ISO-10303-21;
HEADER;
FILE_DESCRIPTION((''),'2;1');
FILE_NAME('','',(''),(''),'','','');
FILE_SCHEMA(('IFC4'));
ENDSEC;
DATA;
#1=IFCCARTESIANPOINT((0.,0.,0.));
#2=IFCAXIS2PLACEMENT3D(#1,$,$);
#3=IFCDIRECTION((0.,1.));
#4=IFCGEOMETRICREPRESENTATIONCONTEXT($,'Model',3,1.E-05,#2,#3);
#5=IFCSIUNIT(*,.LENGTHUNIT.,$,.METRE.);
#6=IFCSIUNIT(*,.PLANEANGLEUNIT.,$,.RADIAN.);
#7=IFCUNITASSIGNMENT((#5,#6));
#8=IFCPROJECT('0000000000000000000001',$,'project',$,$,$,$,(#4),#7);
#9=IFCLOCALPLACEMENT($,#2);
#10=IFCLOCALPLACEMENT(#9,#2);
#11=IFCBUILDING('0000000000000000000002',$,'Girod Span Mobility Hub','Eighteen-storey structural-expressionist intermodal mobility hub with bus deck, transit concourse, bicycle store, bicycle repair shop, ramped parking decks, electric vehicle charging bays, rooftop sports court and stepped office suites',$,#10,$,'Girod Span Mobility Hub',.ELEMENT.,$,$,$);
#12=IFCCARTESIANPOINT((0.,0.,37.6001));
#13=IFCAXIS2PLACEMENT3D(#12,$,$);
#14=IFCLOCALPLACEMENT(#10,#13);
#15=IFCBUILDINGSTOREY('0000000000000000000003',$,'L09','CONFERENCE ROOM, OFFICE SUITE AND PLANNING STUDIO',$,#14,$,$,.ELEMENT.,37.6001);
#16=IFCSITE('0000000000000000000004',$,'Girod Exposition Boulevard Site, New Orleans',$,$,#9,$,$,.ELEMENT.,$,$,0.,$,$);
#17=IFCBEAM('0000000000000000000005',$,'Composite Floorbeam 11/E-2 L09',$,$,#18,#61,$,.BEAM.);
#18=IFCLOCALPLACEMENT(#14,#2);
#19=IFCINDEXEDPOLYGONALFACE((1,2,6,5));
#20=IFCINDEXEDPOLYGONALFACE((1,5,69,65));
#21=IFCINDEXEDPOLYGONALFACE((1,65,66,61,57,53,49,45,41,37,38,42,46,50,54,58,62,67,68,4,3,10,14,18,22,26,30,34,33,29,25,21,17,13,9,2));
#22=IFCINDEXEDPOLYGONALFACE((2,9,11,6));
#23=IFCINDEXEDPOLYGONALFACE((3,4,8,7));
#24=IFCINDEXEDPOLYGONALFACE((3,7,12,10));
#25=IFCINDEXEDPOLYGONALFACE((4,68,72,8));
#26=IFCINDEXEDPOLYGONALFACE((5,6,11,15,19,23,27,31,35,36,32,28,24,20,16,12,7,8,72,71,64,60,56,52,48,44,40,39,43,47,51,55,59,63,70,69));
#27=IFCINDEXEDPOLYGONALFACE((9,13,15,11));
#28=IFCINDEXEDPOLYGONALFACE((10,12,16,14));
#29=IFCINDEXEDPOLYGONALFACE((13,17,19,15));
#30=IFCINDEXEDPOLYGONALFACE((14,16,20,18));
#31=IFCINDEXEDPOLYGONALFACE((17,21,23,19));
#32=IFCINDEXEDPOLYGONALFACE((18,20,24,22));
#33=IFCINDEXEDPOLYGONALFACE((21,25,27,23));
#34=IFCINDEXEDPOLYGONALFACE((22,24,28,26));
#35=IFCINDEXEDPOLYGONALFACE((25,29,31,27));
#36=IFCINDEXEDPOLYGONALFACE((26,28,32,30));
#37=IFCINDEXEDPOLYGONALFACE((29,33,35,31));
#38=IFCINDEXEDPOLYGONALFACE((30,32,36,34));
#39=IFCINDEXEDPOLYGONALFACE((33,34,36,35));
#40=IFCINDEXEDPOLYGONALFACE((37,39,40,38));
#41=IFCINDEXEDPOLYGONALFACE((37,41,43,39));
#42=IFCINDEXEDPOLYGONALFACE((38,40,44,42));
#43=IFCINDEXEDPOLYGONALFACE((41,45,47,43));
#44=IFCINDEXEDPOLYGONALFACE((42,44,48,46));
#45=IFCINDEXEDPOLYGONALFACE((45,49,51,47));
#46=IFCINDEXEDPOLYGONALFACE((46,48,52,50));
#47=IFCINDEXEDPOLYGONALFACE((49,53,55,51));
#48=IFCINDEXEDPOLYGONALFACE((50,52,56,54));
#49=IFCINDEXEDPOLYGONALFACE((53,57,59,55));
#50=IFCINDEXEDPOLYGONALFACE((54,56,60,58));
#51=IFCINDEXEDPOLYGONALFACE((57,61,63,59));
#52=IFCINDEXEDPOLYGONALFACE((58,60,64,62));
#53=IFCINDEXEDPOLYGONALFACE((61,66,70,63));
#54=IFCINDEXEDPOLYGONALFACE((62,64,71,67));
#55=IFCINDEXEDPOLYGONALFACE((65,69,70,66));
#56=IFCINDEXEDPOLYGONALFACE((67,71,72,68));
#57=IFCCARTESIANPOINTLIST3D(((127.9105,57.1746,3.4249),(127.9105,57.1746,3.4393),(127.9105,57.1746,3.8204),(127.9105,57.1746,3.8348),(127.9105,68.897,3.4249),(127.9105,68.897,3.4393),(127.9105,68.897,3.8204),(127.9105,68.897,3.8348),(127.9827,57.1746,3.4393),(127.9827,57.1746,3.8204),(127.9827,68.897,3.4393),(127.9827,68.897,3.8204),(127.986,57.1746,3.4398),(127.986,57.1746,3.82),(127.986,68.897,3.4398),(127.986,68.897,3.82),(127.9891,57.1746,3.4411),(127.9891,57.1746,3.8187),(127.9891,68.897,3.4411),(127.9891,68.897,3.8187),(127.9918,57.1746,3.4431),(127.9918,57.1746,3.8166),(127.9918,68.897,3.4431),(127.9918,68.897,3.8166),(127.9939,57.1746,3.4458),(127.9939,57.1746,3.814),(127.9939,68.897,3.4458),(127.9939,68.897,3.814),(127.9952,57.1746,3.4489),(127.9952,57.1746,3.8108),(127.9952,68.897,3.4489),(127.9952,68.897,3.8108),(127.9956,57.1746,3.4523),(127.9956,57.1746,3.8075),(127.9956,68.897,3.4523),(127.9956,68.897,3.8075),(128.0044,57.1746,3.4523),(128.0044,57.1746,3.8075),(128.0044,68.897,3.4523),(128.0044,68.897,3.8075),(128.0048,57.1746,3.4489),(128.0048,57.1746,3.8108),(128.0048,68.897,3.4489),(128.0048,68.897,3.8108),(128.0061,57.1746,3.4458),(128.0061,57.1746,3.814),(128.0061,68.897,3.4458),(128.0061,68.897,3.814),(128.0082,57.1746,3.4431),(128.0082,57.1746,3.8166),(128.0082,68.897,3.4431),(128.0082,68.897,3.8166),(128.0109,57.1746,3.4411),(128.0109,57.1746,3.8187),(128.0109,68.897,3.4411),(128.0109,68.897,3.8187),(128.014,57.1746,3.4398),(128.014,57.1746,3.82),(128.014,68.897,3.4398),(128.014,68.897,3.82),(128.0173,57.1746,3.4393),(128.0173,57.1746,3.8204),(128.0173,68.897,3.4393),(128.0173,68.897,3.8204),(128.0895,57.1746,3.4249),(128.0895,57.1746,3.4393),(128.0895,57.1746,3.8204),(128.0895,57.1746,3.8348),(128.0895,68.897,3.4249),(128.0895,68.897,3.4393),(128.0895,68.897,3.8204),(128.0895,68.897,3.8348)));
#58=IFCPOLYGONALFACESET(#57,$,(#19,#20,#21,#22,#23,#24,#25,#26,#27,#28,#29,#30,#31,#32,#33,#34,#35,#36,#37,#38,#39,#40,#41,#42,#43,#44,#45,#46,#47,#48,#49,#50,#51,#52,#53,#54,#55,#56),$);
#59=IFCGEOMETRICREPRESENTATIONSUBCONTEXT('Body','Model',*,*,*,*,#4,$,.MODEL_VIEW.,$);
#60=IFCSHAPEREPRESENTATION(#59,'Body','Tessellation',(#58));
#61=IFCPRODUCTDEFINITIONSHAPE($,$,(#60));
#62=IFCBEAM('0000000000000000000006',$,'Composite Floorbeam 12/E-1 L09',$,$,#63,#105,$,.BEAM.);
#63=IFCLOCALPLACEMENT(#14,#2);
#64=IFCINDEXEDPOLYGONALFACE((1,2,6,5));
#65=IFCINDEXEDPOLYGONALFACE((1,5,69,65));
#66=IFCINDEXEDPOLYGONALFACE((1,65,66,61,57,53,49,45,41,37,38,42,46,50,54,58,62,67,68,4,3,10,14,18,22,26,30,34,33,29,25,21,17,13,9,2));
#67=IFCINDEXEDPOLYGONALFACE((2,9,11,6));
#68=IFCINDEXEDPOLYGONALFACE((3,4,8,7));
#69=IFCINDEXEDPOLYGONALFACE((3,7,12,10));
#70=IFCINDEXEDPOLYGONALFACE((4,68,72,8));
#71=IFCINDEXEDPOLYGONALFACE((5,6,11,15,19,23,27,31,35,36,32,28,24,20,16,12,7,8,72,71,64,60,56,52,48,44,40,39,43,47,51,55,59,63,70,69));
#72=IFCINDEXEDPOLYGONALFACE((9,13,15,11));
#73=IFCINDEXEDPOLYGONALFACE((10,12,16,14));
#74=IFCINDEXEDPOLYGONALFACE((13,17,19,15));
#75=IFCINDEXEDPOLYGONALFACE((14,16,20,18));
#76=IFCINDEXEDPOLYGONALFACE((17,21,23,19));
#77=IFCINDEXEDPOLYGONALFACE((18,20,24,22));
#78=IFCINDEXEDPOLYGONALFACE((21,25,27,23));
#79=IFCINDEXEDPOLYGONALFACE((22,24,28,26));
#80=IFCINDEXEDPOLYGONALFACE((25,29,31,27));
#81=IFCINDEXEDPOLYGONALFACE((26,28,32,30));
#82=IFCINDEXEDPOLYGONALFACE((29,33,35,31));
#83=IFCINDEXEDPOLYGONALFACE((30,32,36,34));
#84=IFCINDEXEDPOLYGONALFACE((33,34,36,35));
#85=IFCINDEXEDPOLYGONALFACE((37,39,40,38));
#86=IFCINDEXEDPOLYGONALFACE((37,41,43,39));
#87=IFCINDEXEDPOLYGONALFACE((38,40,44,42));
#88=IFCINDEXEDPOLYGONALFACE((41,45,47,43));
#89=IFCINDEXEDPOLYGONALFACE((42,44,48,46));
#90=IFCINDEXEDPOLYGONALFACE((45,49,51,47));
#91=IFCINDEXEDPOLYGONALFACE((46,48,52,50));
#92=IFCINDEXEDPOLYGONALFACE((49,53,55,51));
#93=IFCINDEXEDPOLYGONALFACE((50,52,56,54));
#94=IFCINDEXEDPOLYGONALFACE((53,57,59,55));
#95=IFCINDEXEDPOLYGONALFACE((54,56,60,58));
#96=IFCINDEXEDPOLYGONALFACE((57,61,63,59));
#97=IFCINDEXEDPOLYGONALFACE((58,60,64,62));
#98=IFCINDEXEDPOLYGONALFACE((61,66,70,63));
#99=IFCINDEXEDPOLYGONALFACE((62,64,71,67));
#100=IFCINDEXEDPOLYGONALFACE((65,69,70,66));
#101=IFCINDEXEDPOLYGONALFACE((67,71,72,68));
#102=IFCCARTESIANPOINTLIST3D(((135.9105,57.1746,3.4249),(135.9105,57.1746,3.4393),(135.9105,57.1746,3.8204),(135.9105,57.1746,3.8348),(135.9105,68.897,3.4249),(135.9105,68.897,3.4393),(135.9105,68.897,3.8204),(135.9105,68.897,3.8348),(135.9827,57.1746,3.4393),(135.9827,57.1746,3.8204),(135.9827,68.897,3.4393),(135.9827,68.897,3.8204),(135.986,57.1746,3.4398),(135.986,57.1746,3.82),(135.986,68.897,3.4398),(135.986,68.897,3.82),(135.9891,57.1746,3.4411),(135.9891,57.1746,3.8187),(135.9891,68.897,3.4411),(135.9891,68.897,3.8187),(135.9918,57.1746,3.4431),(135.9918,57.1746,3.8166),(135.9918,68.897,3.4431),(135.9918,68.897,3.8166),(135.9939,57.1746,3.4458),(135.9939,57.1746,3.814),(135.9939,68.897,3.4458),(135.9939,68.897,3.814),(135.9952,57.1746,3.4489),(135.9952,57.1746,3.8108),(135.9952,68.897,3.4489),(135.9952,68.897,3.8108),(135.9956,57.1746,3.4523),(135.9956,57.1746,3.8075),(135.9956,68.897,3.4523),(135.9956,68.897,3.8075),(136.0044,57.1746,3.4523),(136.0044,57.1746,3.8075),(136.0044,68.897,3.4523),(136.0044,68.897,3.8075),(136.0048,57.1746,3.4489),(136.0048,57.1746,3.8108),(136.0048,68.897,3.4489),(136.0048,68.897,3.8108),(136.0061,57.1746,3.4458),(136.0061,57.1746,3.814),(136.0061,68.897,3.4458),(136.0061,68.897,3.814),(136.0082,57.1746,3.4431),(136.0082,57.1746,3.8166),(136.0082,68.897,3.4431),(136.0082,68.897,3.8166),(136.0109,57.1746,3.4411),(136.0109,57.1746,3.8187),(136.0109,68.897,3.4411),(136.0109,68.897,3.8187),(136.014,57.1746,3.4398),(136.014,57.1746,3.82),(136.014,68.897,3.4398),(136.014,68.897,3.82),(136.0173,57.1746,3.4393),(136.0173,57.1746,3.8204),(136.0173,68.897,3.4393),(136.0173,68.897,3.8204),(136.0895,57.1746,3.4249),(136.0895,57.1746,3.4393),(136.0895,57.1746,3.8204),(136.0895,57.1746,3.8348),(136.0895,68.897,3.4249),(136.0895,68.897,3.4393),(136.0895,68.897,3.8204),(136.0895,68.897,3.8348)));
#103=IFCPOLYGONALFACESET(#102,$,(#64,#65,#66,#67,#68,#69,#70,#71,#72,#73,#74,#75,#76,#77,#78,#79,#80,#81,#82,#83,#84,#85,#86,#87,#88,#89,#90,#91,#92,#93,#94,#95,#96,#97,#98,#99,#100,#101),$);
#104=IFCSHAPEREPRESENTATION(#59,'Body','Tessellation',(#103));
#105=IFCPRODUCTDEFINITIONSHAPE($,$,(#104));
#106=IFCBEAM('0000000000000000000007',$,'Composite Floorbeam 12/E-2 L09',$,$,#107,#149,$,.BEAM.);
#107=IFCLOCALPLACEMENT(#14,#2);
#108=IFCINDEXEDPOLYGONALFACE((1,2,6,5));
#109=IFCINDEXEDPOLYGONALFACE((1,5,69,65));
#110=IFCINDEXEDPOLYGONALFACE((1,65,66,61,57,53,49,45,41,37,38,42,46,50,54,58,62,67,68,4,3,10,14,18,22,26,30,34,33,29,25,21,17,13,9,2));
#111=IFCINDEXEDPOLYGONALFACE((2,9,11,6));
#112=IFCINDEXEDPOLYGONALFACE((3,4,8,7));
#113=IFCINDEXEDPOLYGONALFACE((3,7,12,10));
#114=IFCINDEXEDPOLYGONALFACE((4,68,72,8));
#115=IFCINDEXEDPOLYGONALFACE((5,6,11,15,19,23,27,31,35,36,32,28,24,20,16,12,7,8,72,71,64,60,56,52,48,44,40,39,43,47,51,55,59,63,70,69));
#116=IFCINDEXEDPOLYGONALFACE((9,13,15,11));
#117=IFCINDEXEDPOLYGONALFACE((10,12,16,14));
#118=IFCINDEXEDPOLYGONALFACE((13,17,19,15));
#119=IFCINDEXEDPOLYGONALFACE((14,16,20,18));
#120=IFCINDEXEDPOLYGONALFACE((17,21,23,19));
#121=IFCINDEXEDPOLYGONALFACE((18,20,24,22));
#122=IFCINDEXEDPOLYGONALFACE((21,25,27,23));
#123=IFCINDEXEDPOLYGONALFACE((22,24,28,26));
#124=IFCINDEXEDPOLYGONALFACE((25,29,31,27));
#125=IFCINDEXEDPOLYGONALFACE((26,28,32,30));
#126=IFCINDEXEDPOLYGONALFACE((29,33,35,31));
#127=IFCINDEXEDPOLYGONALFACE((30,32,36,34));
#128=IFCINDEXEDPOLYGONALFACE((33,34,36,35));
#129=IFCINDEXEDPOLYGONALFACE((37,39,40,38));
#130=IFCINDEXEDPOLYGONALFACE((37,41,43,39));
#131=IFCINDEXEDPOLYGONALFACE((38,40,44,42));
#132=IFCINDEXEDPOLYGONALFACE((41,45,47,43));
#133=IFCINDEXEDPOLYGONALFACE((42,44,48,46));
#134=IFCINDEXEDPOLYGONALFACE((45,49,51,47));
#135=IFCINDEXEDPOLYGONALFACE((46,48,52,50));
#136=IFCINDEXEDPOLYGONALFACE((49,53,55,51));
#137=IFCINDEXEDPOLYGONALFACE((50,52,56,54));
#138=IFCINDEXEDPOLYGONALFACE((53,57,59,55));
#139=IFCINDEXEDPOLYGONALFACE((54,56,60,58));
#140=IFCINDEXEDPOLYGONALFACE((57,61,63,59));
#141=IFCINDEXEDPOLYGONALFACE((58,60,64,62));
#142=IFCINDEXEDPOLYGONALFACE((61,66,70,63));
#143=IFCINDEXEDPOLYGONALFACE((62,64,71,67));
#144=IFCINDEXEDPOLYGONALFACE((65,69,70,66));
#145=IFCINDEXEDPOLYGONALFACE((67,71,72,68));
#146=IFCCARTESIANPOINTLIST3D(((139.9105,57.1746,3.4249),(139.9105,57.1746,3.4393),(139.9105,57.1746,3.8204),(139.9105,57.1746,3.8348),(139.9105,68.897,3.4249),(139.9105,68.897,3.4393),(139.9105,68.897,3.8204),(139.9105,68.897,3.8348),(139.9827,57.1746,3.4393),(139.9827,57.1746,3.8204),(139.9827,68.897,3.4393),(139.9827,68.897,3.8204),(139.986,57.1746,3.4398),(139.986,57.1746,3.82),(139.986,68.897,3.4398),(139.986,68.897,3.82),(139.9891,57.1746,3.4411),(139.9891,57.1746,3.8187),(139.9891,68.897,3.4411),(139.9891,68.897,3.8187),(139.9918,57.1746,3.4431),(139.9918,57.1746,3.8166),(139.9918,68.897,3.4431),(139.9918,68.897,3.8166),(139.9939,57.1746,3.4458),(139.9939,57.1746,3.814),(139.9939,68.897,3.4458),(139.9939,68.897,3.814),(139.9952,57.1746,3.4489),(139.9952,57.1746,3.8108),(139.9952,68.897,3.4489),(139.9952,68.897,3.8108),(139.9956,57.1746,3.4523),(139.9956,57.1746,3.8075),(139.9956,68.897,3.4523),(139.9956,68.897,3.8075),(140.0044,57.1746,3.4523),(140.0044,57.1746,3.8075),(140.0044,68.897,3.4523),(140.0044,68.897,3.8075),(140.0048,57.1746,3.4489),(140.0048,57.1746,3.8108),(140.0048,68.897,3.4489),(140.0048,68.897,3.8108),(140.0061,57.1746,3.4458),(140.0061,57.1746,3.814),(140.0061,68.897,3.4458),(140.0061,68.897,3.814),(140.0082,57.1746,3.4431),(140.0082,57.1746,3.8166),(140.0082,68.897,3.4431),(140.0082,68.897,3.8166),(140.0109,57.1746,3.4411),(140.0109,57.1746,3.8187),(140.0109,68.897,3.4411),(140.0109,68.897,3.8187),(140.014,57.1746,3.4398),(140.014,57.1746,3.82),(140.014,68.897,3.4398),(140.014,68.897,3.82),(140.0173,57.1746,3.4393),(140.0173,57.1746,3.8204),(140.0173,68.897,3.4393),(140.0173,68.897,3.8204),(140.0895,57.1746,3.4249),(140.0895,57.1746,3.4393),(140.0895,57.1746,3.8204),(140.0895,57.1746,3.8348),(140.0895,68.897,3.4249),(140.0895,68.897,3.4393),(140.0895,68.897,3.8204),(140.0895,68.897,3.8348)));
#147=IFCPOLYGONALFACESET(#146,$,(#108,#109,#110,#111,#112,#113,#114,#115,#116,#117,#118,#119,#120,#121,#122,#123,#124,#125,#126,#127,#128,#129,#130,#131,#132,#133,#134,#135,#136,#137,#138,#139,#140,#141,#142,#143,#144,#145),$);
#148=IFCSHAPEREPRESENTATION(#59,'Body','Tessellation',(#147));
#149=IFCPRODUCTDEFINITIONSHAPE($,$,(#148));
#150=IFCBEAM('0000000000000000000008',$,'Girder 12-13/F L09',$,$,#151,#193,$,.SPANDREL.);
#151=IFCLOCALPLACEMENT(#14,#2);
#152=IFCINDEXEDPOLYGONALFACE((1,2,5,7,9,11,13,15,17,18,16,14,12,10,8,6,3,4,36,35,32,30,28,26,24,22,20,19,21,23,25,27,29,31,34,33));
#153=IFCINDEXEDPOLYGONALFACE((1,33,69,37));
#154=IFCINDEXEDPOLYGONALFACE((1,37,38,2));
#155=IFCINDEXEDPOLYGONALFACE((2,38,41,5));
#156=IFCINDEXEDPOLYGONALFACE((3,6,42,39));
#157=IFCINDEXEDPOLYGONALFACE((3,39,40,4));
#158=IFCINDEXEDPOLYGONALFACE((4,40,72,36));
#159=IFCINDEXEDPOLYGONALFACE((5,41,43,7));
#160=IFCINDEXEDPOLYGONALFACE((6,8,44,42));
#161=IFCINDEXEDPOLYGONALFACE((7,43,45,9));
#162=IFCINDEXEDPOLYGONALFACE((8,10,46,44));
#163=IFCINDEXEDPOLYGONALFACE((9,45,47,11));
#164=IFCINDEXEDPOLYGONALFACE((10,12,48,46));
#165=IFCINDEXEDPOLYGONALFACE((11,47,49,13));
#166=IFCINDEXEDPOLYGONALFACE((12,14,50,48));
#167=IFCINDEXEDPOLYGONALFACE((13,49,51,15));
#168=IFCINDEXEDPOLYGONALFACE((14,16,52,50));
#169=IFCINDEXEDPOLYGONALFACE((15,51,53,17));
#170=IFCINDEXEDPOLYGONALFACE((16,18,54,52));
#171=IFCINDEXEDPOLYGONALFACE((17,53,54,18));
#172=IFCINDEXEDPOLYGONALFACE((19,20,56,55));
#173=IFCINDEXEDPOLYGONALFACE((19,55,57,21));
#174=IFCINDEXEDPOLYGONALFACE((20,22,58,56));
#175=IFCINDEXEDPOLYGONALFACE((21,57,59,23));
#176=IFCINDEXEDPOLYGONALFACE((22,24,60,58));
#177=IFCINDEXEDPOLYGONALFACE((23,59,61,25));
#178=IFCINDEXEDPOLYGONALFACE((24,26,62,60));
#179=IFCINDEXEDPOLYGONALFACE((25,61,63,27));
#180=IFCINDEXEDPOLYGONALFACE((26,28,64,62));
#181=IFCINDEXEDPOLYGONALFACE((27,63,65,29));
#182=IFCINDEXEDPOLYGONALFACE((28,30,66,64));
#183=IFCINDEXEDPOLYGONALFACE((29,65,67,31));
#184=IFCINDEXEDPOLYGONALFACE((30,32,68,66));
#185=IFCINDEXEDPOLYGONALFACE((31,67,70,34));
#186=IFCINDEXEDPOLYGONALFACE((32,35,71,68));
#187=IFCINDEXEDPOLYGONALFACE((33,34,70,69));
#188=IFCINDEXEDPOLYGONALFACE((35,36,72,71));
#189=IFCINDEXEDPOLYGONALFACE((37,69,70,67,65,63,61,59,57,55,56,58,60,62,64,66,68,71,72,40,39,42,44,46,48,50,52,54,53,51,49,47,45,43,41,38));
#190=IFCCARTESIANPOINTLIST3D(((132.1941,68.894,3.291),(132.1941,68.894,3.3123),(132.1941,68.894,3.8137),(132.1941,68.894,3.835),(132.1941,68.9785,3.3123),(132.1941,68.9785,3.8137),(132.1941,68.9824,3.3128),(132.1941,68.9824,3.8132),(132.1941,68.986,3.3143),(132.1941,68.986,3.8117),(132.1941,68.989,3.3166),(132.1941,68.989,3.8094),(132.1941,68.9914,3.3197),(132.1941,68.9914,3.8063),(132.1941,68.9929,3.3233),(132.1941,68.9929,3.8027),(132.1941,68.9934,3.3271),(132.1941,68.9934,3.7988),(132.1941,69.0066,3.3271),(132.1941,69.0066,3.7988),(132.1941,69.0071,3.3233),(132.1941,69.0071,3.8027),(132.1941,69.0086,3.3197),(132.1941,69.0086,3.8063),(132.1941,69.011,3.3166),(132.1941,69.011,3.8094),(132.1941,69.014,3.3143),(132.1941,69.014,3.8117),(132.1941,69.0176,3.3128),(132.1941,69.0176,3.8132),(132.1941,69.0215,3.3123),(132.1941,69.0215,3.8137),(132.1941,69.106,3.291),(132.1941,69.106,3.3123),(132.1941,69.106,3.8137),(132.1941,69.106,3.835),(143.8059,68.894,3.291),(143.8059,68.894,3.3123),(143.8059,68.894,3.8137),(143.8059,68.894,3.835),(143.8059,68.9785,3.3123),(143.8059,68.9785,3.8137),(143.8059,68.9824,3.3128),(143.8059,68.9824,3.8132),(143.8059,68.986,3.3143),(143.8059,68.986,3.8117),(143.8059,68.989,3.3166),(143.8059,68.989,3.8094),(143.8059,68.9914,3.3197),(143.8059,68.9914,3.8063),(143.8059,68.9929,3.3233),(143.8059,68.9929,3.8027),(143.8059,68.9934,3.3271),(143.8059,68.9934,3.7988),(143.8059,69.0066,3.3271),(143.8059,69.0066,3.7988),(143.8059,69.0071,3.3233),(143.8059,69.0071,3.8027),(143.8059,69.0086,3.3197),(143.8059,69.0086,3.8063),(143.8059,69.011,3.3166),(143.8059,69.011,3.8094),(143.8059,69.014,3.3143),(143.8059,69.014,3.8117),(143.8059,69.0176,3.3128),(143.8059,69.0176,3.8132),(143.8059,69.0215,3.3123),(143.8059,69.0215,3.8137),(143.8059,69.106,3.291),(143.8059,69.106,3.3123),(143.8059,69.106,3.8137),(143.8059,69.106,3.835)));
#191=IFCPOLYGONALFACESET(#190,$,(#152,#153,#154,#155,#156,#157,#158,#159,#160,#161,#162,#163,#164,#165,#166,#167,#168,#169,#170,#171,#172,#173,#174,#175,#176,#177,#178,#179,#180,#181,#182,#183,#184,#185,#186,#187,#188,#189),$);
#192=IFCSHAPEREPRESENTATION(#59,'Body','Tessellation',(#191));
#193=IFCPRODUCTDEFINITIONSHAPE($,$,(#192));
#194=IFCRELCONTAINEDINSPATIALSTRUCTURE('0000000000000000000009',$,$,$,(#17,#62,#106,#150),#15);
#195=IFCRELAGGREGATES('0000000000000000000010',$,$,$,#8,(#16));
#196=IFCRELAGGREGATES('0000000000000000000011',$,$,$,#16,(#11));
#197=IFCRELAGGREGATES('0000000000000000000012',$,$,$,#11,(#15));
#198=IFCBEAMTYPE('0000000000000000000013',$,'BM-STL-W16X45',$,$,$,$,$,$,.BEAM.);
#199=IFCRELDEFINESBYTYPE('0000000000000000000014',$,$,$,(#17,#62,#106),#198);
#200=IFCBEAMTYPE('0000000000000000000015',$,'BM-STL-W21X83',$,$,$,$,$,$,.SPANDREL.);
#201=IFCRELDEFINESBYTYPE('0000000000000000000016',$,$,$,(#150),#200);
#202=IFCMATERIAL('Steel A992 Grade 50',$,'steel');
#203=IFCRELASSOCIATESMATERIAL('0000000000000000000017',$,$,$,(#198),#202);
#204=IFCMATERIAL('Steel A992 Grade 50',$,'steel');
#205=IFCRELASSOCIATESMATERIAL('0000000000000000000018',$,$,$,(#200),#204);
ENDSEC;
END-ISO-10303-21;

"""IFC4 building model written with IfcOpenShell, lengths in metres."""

from ifc_helpers import new_model, si_unit, direction, frame, origin, origin_2d, place, context, subcontext, project, spatial, i_section, extrude, material, material_profile, profile_set, type_object, element, save


model = new_model("IFC4")

# Units and contexts
model_context = context("Model", 3, precision=1e-05, world=origin(), true_north=direction((0.0, 1.0)))
body_context = subcontext(model_context, "Body", "Model", "MODEL_VIEW")
ifc_project = project(units=[si_unit("LENGTHUNIT", "METRE"), si_unit("PLANEANGLEUNIT", "RADIAN")], contexts=[model_context])

# Site, building, storey
site_placement = place(None, origin())
site = spatial("IfcSite", under=ifc_project, at=site_placement, Name="Girod Exposition Boulevard Site, New Orleans", CompositionType="ELEMENT", RefElevation=0.0)
building_placement = place(site_placement, origin())
building = spatial("IfcBuilding", under=site, at=building_placement, Name="Girod Span Mobility Hub", Description="Eighteen-storey structural-expressionist intermodal mobility hub with bus deck, transit concourse, bicycle store, bicycle repair shop, ramped parking decks, electric vehicle charging bays, rooftop sports court and stepped office suites", LongName="Girod Span Mobility Hub", CompositionType="ELEMENT")
storey_placement = place(building_placement, frame((0.0, 0.0, 37.6001)))
storey = spatial("IfcBuildingStorey", under=building, at=storey_placement, Name="L09", Description="CONFERENCE ROOM, OFFICE SUITE AND PLANNING STUDIO", CompositionType="ELEMENT", Elevation=37.6001)

# Beams
ifc_material_1 = material(Name="Steel A992 Grade 50", Category="steel")
ifc_material_profile_1 = material_profile(ifc_material_1, i_section(OverallWidth=0.179, OverallDepth=0.4099, WebThickness=0.0088, FlangeThickness=0.0144, FilletRadius=0.0129, at=origin_2d()), Name="W16X45")
ifc_profile_set_1 = profile_set([ifc_material_profile_1], Name="Steel A992 Grade 50")
beam_type_1 = type_object("IfcBeamType", Name="BM-STL-W16X45", PredefinedType="BEAM", material=ifc_profile_set_1)
for number, where, z_axis, x_axis, name in (
    (1, (128.0, 57.1746, 3.6299), (0.0, 1.0, 0.0), (-1.0, 0.0, 0.0), "Composite Floorbeam 11/E-2 L09"),
    (2, (136.0, 57.1746, 3.6299), (0.0, 1.0, 0.0), (-1.0, 0.0, 0.0), "Composite Floorbeam 12/E-1 L09"),
    (3, (140.0, 57.1746, 3.6299), (0.0, 1.0, 0.0), (-1.0, 0.0, 0.0), "Composite Floorbeam 12/E-2 L09"),
):
    element("IfcBeam", number, at=place(storey_placement, frame(where, z_axis=z_axis, x_axis=x_axis)), inside=storey, type_object=beam_type_1, Name=name, PredefinedType="BEAM", context=body_context, shape_type="SweptSolid", body=[
        extrude(i_section(OverallWidth=0.179, OverallDepth=0.4099, WebThickness=0.0088, FlangeThickness=0.0144, FilletRadius=0.0129, at=origin_2d()), origin(), (0.0, 0.0, 1.0), 11.7224),
    ])
ifc_material_2 = material(Name="Steel A992 Grade 50", Category="steel")
ifc_material_profile_2 = material_profile(ifc_material_2, i_section(OverallWidth=0.2119, OverallDepth=0.5439, WebThickness=0.0132, FlangeThickness=0.0212, FilletRadius=0.0149, at=origin_2d()), Name="W21X83")
ifc_profile_set_2 = profile_set([ifc_material_profile_2], Name="Steel A992 Grade 50")
beam_type_2 = type_object("IfcBeamType", Name="BM-STL-W21X83", PredefinedType="SPANDREL", material=ifc_profile_set_2)
beam_1_placement = place(storey_placement, frame((132.1941, 69.0, 3.563), z_axis=(1.0, 0.0, 0.0), x_axis=(0.0, 1.0, 0.0)))
element("IfcBeam", 4, at=beam_1_placement, inside=storey, type_object=beam_type_2, Name="Girder 12-13/F L09", PredefinedType="SPANDREL", context=body_context, shape_type="SweptSolid", body=[
    extrude(i_section(OverallWidth=0.2119, OverallDepth=0.5439, WebThickness=0.0132, FlangeThickness=0.0212, FilletRadius=0.0149, at=origin_2d()), origin(), (0.0, 0.0, 1.0), 11.6118),
])

save(model, "model.ifc")
